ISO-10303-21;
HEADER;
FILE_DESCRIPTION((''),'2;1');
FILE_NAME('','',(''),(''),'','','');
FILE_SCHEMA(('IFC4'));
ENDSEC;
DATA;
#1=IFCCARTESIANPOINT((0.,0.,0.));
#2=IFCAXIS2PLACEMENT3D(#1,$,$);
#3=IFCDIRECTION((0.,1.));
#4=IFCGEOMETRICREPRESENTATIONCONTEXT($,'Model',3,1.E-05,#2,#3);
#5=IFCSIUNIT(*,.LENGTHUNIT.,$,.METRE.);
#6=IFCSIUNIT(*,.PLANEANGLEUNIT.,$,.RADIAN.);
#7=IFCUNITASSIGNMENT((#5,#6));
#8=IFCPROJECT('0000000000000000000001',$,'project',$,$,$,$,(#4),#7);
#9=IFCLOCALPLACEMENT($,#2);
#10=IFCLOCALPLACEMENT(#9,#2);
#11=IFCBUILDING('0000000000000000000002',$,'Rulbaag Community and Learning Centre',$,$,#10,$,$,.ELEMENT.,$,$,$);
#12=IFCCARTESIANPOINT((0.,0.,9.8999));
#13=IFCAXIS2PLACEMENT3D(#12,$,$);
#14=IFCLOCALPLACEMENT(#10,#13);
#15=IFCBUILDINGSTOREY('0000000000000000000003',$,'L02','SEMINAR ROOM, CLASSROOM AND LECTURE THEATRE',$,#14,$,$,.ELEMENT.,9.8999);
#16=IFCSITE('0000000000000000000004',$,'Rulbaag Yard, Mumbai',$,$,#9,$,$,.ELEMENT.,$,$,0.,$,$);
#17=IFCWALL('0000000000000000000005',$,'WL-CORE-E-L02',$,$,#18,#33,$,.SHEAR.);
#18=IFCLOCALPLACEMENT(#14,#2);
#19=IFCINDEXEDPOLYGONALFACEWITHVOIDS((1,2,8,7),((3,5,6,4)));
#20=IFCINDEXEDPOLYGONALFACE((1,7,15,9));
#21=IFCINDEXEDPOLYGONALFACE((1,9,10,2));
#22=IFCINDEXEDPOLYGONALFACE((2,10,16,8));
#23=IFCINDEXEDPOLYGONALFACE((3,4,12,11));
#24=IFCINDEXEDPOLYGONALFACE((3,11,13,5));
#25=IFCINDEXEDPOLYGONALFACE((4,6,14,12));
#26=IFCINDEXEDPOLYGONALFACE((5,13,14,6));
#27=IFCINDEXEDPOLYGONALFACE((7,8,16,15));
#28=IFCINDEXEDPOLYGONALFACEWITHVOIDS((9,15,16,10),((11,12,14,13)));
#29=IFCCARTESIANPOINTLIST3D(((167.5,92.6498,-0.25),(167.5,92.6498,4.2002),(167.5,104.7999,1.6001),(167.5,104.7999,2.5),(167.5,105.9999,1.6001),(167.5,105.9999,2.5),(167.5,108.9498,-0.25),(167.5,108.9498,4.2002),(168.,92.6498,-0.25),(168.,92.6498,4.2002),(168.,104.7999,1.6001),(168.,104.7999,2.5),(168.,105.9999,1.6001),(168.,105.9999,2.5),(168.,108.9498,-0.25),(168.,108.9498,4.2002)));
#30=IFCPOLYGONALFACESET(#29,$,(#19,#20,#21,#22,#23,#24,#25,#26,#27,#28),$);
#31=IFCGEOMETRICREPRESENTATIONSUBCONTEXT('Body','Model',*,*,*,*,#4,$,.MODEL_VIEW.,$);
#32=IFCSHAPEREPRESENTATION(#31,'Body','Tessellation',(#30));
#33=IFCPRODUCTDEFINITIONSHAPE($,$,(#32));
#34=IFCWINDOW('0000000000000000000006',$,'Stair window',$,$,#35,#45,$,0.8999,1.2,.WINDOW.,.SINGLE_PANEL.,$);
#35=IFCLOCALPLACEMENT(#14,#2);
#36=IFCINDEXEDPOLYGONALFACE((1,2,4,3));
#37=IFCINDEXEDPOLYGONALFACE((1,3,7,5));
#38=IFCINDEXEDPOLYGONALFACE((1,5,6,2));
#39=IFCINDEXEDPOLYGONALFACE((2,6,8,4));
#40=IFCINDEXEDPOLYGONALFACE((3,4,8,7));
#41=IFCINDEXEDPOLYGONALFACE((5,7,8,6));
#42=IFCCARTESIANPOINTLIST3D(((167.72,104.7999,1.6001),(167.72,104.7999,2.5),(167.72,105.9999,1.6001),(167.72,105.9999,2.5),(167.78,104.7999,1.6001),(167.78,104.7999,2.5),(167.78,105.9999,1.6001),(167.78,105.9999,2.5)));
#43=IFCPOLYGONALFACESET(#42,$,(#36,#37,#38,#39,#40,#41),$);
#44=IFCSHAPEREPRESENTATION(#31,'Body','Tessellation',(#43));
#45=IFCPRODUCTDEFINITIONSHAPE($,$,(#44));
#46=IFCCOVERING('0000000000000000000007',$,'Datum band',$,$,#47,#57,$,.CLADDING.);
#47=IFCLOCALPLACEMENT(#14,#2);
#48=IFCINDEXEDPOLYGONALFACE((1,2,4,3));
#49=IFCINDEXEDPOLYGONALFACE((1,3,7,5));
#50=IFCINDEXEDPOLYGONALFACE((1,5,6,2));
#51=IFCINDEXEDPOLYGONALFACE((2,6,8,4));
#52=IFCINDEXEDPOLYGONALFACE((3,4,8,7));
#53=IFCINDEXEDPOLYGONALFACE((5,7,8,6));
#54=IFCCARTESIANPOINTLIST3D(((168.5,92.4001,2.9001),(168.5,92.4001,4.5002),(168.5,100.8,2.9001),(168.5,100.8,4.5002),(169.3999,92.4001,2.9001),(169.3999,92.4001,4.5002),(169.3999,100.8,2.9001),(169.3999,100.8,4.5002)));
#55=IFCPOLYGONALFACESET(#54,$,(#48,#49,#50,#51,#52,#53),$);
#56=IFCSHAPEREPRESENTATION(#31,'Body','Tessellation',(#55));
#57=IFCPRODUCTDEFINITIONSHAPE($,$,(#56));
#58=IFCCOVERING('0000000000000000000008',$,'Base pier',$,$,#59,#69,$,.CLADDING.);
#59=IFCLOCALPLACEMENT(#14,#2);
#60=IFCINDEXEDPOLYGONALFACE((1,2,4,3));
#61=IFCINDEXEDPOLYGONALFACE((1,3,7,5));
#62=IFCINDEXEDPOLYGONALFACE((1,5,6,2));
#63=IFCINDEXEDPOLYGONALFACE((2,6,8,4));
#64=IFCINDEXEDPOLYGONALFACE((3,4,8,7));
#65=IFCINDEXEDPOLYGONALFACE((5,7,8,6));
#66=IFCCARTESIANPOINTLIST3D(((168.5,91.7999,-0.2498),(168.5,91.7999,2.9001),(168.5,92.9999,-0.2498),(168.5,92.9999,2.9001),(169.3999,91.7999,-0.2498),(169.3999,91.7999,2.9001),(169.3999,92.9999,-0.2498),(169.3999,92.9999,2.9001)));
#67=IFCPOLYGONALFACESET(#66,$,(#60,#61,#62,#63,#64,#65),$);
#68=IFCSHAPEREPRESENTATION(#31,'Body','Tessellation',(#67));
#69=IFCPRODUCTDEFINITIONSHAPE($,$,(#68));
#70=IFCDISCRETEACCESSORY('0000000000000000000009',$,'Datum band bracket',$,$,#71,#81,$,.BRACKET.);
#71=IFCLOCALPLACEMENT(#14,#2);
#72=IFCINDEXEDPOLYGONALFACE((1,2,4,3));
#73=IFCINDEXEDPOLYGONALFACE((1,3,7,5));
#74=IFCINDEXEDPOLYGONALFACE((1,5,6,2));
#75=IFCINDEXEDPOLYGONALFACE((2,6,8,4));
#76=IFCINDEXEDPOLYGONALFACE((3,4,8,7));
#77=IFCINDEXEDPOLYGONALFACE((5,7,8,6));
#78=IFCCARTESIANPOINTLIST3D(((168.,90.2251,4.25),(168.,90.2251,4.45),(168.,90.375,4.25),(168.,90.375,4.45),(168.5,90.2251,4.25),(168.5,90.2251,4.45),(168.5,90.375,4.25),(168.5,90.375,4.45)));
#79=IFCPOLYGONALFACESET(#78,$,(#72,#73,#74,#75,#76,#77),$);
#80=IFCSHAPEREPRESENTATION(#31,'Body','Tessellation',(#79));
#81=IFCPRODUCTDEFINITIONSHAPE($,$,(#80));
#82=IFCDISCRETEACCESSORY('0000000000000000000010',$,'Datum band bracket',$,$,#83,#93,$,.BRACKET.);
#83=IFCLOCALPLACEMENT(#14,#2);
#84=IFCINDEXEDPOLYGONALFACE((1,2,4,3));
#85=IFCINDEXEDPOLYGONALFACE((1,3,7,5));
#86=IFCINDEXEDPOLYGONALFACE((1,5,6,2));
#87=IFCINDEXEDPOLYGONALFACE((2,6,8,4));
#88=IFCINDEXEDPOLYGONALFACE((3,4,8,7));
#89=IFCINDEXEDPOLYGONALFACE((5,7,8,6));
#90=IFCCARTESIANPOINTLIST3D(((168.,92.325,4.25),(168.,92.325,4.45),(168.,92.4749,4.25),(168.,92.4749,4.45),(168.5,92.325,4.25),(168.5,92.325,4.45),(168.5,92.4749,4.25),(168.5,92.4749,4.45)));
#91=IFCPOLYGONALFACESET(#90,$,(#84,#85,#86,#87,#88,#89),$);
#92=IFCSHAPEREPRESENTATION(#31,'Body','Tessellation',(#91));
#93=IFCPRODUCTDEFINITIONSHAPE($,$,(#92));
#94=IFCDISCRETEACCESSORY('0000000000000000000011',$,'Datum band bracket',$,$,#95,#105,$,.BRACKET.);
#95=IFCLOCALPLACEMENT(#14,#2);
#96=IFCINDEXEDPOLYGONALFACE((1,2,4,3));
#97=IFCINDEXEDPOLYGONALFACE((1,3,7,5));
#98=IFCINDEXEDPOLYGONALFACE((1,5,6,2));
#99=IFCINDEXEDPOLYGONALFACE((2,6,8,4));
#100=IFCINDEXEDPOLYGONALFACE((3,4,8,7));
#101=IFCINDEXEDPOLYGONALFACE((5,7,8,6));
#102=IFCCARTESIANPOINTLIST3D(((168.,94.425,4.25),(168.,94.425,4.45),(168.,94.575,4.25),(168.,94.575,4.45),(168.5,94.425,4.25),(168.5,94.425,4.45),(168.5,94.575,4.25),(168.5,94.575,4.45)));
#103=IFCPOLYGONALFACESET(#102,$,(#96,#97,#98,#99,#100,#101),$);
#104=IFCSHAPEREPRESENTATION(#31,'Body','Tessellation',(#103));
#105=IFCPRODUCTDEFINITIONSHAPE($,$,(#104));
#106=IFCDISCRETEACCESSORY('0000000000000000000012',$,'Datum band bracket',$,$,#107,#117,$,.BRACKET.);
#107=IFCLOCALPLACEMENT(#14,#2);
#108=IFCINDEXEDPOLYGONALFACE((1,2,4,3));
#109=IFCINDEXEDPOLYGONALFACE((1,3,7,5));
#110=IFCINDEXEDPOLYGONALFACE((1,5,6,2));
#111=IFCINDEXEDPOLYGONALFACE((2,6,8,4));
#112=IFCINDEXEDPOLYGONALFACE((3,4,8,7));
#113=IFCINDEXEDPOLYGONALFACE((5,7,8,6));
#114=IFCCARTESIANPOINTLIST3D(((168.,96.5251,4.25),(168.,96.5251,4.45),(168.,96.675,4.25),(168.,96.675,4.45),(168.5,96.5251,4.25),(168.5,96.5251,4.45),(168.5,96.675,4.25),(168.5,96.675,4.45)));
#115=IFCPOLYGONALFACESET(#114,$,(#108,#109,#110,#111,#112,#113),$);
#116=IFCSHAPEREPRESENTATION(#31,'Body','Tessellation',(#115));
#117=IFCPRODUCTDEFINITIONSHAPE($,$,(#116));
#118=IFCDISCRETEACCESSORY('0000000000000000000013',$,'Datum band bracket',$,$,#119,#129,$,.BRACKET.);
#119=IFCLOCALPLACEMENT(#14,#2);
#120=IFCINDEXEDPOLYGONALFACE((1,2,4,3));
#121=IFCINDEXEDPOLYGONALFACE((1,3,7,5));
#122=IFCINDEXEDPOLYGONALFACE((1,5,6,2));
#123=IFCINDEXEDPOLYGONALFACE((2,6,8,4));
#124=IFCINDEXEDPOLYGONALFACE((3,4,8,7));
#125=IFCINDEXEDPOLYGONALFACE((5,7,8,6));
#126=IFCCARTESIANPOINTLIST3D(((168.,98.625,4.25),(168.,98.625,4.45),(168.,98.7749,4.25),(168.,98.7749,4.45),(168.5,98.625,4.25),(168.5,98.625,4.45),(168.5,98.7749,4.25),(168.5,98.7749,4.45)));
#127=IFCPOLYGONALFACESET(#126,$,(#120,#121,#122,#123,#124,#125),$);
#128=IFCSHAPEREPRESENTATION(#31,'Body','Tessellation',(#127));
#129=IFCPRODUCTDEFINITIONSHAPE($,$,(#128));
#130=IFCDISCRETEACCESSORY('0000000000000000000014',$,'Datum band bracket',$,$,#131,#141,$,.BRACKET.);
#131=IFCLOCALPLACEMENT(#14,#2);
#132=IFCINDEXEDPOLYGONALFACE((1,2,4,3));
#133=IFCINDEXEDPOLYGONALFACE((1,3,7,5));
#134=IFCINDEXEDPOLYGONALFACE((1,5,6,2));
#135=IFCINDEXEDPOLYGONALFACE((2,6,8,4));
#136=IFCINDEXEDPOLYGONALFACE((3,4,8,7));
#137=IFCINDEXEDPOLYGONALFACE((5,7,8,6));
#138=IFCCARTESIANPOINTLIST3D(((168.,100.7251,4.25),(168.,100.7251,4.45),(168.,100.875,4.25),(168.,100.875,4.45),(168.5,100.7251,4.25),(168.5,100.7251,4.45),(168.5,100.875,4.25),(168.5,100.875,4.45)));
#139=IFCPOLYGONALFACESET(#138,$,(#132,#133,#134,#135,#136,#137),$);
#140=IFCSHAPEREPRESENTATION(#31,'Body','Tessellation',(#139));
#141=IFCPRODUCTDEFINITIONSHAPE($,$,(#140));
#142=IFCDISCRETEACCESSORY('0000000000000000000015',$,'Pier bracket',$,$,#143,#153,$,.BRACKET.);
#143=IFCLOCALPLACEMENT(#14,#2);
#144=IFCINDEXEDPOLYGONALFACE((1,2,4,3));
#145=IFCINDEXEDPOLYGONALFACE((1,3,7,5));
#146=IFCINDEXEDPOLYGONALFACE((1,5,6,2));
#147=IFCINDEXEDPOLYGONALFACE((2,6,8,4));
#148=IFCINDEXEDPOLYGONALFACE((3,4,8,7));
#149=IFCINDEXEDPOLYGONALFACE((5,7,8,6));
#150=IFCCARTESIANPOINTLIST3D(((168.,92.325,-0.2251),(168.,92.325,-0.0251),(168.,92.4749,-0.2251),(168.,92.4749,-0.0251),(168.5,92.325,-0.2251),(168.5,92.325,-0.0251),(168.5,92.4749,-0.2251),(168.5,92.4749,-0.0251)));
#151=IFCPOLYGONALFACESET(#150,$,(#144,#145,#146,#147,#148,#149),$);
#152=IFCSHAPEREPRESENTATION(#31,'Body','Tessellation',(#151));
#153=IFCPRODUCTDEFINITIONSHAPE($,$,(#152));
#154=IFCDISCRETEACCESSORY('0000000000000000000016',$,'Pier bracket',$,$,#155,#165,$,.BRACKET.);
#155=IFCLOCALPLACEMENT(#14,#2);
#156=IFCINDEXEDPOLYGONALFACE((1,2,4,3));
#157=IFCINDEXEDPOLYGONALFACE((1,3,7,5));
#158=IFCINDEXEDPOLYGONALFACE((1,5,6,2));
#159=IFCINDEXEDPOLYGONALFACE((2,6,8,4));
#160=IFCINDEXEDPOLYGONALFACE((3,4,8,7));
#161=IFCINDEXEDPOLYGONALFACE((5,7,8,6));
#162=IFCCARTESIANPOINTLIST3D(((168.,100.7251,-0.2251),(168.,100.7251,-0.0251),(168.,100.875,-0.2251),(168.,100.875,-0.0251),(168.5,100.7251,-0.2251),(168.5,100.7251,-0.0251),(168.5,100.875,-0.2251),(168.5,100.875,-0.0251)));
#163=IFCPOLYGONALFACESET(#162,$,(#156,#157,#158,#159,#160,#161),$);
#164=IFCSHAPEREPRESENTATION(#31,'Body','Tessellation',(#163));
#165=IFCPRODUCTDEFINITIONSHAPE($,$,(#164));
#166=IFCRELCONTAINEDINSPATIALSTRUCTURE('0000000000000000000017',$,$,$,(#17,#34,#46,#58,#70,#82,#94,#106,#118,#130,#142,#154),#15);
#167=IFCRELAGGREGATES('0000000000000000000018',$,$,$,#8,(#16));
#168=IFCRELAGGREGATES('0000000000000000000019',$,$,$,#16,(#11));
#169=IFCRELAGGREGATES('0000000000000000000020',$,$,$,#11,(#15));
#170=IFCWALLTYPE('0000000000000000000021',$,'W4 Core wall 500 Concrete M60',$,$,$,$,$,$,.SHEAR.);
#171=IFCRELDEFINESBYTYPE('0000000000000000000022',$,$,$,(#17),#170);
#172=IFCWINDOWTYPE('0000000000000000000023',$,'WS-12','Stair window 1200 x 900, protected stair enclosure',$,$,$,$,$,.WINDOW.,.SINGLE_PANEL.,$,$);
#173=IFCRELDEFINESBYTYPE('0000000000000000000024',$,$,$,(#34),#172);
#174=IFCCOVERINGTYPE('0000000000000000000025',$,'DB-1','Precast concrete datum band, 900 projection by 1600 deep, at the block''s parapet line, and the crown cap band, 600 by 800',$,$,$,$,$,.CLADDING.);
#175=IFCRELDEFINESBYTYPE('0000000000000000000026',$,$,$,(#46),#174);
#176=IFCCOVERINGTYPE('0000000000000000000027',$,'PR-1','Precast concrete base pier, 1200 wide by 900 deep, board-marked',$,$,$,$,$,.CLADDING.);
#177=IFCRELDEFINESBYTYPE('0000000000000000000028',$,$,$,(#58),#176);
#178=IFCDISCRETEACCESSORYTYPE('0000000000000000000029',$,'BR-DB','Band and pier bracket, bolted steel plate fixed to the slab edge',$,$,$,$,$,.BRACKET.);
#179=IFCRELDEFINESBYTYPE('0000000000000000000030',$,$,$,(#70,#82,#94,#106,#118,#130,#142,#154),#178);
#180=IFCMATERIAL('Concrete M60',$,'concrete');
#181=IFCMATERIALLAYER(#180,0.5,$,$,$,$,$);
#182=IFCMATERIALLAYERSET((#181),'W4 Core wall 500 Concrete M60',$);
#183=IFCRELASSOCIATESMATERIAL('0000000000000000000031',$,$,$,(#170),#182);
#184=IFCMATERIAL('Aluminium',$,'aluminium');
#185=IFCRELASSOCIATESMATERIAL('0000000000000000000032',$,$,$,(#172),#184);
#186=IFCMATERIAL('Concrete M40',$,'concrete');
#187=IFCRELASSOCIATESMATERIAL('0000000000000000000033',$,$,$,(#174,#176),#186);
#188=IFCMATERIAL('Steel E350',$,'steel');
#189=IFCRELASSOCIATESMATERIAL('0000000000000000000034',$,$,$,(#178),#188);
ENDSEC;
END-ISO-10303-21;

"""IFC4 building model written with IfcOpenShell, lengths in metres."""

from ifc_helpers import new_model, si_unit, direction, frame, frame_2d, origin, origin_2d, place, context, subcontext, project, spatial, rectangle, extrude, material, layer, layer_set, type_object, element, fill, save


model = new_model("IFC4")

# Units and contexts
model_context = context("Model", 3, precision=1e-05, world=origin(), true_north=direction((0.0, 1.0)))
body_context = subcontext(model_context, "Body", "Model", "MODEL_VIEW")
ifc_project = project(units=[si_unit("LENGTHUNIT", "METRE"), si_unit("PLANEANGLEUNIT", "RADIAN")], contexts=[model_context])

# Site, building, storey
site_placement = place(None, origin())
site = spatial("IfcSite", under=ifc_project, at=site_placement, Name="Rulbaag Yard, Mumbai", CompositionType="ELEMENT", RefElevation=0.0)
building_placement = place(site_placement, origin())
building = spatial("IfcBuilding", under=site, at=building_placement, Name="Rulbaag Community and Learning Centre", CompositionType="ELEMENT")
storey_placement = place(building_placement, frame((0.0, 0.0, 9.8999)))
storey = spatial("IfcBuildingStorey", under=building, at=storey_placement, Name="L02", Description="SEMINAR ROOM, CLASSROOM AND LECTURE THEATRE", CompositionType="ELEMENT", Elevation=9.8999)

# Shared definitions
ifc_material_1 = material(Name="Aluminium", Category="aluminium")

# Wall, opening, window
ifc_material_2 = material(Name="Concrete M60", Category="concrete")
ifc_layer_1 = layer(ifc_material_2, 0.5)
ifc_layer_set_1 = layer_set([ifc_layer_1], Name="W4 Core wall 500 Concrete M60")
wall_type_1 = type_object("IfcWallType", Name="W4 Core wall 500 Concrete M60", PredefinedType="SHEAR", material=ifc_layer_set_1)
wall_1_placement = place(storey_placement, frame((167.75, 92.6499, -0.25), z_axis=(0.0, 0.0, 1.0), x_axis=(0.0, 1.0, 0.0)))
wall_1 = element("IfcWall", 1, at=wall_1_placement, inside=storey, type_object=wall_type_1, Name="WL-CORE-E-L02", PredefinedType="SHEAR", context=body_context, shape_type="SweptSolid", body=[
    extrude(rectangle(XDim=16.3, YDim=0.5, at=frame_2d((8.1499, 0.0))), origin(), (0.0, 0.0, 1.0), 4.4502),
])
opening_placement = place(wall_1_placement, frame((12.1499, 0.0, 1.8501)))
opening = element("IfcOpeningElement", 2, at=opening_placement, cuts=wall_1, PredefinedType="OPENING", context=body_context, shape_type="SweptSolid", body=[
    extrude(rectangle(XDim=1.2, YDim=0.8999, at=frame_2d((0.6001, 0.45))), frame((0.0, 0.26, 0.0), z_axis=(0.0, -1.0, 0.0), x_axis=(1.0, 0.0, 0.0)), (0.0, 0.0, 1.0), 0.52),
])
window_type = type_object("IfcWindowType", Name="WS-12", Description="Stair window 1200 x 900, protected stair enclosure", PartitioningType="SINGLE_PANEL", PredefinedType="WINDOW", material=ifc_material_1)
window_placement = place(opening_placement, origin())
window = element("IfcWindow", 3, at=window_placement, inside=storey, type_object=window_type, Name="Stair window", OverallHeight=0.8999, OverallWidth=1.2, PartitioningType="SINGLE_PANEL", PredefinedType="WINDOW", context=body_context, shape_type="SweptSolid", body=[
    extrude(rectangle(XDim=1.2, YDim=0.8999, at=frame_2d((0.6001, 0.45))), frame((0.0, 0.03, 0.0), z_axis=(0.0, -1.0, 0.0), x_axis=(1.0, 0.0, 0.0)), (0.0, 0.0, 1.0), 0.0601),
])
fill(opening, window)

# Coverings
ifc_material_3 = material(Name="Concrete M40", Category="concrete")
covering_type_1 = type_object("IfcCoveringType", Name="DB-1", Description="Precast concrete datum band, 900 projection by 1600 deep, at the block's parapet line, and the crown cap band, 600 by 800", PredefinedType="CLADDING", material=ifc_material_3)
covering_1_placement = place(storey_placement, frame((168.95, 96.6001, 2.9001), z_axis=(0.0, 0.0, 1.0), x_axis=(1.0, 0.0, 0.0)))
element("IfcCovering", 4, at=covering_1_placement, inside=storey, type_object=covering_type_1, Name="Datum band", PredefinedType="CLADDING", context=body_context, shape_type="SweptSolid", body=[
    extrude(rectangle(XDim=0.8999, YDim=8.3999, at=origin_2d()), origin(), (0.0, 0.0, 1.0), 1.6001),
])
covering_type_2 = type_object("IfcCoveringType", Name="PR-1", Description="Precast concrete base pier, 1200 wide by 900 deep, board-marked", PredefinedType="CLADDING", material=ifc_material_3)
covering_2_placement = place(storey_placement, frame((168.95, 92.3999, -0.2498), z_axis=(0.0, 0.0, 1.0), x_axis=(1.0, 0.0, 0.0)))
element("IfcCovering", 5, at=covering_2_placement, inside=storey, type_object=covering_type_2, Name="Base pier", PredefinedType="CLADDING", context=body_context, shape_type="SweptSolid", body=[
    extrude(rectangle(XDim=0.8999, YDim=1.2, at=origin_2d()), origin(), (0.0, 0.0, 1.0), 3.1499),
])

# Discrete accessories
ifc_material_4 = material(Name="Steel E350", Category="steel")
discrete_accessory_type = type_object("IfcDiscreteAccessoryType", Name="BR-DB", Description="Band and pier bracket, bolted steel plate fixed to the slab edge", PredefinedType="BRACKET", material=ifc_material_4)
for number, where, z_axis, x_axis, name in (
    (6, (168.25, 90.3, 4.25), (0.0, 0.0, 1.0), (1.0, 0.0, 0.0), "Datum band bracket"),
    (7, (168.25, 92.3999, 4.25), (0.0, 0.0, 1.0), (1.0, 0.0, 0.0), "Datum band bracket"),
    (8, (168.25, 94.5, 4.25), (0.0, 0.0, 1.0), (1.0, 0.0, 0.0), "Datum band bracket"),
    (9, (168.25, 96.6001, 4.25), (0.0, 0.0, 1.0), (1.0, 0.0, 0.0), "Datum band bracket"),
    (10, (168.25, 98.7, 4.25), (0.0, 0.0, 1.0), (1.0, 0.0, 0.0), "Datum band bracket"),
    (11, (168.25, 100.8, 4.25), (0.0, 0.0, 1.0), (1.0, 0.0, 0.0), "Datum band bracket"),
    (12, (168.25, 92.3999, -0.2251), (0.0, 0.0, 1.0), (1.0, 0.0, 0.0), "Pier bracket"),
    (13, (168.25, 100.8, -0.2251), (0.0, 0.0, 1.0), (1.0, 0.0, 0.0), "Pier bracket"),
):
    element("IfcDiscreteAccessory", number, at=place(storey_placement, frame(where, z_axis=z_axis, x_axis=x_axis)), inside=storey, type_object=discrete_accessory_type, Name=name, PredefinedType="BRACKET", context=body_context, shape_type="SweptSolid", body=[
        extrude(rectangle(XDim=0.5, YDim=0.1499, at=origin_2d()), origin(), (0.0, 0.0, 1.0), 0.2),
    ])

save(model, "model.ifc")
